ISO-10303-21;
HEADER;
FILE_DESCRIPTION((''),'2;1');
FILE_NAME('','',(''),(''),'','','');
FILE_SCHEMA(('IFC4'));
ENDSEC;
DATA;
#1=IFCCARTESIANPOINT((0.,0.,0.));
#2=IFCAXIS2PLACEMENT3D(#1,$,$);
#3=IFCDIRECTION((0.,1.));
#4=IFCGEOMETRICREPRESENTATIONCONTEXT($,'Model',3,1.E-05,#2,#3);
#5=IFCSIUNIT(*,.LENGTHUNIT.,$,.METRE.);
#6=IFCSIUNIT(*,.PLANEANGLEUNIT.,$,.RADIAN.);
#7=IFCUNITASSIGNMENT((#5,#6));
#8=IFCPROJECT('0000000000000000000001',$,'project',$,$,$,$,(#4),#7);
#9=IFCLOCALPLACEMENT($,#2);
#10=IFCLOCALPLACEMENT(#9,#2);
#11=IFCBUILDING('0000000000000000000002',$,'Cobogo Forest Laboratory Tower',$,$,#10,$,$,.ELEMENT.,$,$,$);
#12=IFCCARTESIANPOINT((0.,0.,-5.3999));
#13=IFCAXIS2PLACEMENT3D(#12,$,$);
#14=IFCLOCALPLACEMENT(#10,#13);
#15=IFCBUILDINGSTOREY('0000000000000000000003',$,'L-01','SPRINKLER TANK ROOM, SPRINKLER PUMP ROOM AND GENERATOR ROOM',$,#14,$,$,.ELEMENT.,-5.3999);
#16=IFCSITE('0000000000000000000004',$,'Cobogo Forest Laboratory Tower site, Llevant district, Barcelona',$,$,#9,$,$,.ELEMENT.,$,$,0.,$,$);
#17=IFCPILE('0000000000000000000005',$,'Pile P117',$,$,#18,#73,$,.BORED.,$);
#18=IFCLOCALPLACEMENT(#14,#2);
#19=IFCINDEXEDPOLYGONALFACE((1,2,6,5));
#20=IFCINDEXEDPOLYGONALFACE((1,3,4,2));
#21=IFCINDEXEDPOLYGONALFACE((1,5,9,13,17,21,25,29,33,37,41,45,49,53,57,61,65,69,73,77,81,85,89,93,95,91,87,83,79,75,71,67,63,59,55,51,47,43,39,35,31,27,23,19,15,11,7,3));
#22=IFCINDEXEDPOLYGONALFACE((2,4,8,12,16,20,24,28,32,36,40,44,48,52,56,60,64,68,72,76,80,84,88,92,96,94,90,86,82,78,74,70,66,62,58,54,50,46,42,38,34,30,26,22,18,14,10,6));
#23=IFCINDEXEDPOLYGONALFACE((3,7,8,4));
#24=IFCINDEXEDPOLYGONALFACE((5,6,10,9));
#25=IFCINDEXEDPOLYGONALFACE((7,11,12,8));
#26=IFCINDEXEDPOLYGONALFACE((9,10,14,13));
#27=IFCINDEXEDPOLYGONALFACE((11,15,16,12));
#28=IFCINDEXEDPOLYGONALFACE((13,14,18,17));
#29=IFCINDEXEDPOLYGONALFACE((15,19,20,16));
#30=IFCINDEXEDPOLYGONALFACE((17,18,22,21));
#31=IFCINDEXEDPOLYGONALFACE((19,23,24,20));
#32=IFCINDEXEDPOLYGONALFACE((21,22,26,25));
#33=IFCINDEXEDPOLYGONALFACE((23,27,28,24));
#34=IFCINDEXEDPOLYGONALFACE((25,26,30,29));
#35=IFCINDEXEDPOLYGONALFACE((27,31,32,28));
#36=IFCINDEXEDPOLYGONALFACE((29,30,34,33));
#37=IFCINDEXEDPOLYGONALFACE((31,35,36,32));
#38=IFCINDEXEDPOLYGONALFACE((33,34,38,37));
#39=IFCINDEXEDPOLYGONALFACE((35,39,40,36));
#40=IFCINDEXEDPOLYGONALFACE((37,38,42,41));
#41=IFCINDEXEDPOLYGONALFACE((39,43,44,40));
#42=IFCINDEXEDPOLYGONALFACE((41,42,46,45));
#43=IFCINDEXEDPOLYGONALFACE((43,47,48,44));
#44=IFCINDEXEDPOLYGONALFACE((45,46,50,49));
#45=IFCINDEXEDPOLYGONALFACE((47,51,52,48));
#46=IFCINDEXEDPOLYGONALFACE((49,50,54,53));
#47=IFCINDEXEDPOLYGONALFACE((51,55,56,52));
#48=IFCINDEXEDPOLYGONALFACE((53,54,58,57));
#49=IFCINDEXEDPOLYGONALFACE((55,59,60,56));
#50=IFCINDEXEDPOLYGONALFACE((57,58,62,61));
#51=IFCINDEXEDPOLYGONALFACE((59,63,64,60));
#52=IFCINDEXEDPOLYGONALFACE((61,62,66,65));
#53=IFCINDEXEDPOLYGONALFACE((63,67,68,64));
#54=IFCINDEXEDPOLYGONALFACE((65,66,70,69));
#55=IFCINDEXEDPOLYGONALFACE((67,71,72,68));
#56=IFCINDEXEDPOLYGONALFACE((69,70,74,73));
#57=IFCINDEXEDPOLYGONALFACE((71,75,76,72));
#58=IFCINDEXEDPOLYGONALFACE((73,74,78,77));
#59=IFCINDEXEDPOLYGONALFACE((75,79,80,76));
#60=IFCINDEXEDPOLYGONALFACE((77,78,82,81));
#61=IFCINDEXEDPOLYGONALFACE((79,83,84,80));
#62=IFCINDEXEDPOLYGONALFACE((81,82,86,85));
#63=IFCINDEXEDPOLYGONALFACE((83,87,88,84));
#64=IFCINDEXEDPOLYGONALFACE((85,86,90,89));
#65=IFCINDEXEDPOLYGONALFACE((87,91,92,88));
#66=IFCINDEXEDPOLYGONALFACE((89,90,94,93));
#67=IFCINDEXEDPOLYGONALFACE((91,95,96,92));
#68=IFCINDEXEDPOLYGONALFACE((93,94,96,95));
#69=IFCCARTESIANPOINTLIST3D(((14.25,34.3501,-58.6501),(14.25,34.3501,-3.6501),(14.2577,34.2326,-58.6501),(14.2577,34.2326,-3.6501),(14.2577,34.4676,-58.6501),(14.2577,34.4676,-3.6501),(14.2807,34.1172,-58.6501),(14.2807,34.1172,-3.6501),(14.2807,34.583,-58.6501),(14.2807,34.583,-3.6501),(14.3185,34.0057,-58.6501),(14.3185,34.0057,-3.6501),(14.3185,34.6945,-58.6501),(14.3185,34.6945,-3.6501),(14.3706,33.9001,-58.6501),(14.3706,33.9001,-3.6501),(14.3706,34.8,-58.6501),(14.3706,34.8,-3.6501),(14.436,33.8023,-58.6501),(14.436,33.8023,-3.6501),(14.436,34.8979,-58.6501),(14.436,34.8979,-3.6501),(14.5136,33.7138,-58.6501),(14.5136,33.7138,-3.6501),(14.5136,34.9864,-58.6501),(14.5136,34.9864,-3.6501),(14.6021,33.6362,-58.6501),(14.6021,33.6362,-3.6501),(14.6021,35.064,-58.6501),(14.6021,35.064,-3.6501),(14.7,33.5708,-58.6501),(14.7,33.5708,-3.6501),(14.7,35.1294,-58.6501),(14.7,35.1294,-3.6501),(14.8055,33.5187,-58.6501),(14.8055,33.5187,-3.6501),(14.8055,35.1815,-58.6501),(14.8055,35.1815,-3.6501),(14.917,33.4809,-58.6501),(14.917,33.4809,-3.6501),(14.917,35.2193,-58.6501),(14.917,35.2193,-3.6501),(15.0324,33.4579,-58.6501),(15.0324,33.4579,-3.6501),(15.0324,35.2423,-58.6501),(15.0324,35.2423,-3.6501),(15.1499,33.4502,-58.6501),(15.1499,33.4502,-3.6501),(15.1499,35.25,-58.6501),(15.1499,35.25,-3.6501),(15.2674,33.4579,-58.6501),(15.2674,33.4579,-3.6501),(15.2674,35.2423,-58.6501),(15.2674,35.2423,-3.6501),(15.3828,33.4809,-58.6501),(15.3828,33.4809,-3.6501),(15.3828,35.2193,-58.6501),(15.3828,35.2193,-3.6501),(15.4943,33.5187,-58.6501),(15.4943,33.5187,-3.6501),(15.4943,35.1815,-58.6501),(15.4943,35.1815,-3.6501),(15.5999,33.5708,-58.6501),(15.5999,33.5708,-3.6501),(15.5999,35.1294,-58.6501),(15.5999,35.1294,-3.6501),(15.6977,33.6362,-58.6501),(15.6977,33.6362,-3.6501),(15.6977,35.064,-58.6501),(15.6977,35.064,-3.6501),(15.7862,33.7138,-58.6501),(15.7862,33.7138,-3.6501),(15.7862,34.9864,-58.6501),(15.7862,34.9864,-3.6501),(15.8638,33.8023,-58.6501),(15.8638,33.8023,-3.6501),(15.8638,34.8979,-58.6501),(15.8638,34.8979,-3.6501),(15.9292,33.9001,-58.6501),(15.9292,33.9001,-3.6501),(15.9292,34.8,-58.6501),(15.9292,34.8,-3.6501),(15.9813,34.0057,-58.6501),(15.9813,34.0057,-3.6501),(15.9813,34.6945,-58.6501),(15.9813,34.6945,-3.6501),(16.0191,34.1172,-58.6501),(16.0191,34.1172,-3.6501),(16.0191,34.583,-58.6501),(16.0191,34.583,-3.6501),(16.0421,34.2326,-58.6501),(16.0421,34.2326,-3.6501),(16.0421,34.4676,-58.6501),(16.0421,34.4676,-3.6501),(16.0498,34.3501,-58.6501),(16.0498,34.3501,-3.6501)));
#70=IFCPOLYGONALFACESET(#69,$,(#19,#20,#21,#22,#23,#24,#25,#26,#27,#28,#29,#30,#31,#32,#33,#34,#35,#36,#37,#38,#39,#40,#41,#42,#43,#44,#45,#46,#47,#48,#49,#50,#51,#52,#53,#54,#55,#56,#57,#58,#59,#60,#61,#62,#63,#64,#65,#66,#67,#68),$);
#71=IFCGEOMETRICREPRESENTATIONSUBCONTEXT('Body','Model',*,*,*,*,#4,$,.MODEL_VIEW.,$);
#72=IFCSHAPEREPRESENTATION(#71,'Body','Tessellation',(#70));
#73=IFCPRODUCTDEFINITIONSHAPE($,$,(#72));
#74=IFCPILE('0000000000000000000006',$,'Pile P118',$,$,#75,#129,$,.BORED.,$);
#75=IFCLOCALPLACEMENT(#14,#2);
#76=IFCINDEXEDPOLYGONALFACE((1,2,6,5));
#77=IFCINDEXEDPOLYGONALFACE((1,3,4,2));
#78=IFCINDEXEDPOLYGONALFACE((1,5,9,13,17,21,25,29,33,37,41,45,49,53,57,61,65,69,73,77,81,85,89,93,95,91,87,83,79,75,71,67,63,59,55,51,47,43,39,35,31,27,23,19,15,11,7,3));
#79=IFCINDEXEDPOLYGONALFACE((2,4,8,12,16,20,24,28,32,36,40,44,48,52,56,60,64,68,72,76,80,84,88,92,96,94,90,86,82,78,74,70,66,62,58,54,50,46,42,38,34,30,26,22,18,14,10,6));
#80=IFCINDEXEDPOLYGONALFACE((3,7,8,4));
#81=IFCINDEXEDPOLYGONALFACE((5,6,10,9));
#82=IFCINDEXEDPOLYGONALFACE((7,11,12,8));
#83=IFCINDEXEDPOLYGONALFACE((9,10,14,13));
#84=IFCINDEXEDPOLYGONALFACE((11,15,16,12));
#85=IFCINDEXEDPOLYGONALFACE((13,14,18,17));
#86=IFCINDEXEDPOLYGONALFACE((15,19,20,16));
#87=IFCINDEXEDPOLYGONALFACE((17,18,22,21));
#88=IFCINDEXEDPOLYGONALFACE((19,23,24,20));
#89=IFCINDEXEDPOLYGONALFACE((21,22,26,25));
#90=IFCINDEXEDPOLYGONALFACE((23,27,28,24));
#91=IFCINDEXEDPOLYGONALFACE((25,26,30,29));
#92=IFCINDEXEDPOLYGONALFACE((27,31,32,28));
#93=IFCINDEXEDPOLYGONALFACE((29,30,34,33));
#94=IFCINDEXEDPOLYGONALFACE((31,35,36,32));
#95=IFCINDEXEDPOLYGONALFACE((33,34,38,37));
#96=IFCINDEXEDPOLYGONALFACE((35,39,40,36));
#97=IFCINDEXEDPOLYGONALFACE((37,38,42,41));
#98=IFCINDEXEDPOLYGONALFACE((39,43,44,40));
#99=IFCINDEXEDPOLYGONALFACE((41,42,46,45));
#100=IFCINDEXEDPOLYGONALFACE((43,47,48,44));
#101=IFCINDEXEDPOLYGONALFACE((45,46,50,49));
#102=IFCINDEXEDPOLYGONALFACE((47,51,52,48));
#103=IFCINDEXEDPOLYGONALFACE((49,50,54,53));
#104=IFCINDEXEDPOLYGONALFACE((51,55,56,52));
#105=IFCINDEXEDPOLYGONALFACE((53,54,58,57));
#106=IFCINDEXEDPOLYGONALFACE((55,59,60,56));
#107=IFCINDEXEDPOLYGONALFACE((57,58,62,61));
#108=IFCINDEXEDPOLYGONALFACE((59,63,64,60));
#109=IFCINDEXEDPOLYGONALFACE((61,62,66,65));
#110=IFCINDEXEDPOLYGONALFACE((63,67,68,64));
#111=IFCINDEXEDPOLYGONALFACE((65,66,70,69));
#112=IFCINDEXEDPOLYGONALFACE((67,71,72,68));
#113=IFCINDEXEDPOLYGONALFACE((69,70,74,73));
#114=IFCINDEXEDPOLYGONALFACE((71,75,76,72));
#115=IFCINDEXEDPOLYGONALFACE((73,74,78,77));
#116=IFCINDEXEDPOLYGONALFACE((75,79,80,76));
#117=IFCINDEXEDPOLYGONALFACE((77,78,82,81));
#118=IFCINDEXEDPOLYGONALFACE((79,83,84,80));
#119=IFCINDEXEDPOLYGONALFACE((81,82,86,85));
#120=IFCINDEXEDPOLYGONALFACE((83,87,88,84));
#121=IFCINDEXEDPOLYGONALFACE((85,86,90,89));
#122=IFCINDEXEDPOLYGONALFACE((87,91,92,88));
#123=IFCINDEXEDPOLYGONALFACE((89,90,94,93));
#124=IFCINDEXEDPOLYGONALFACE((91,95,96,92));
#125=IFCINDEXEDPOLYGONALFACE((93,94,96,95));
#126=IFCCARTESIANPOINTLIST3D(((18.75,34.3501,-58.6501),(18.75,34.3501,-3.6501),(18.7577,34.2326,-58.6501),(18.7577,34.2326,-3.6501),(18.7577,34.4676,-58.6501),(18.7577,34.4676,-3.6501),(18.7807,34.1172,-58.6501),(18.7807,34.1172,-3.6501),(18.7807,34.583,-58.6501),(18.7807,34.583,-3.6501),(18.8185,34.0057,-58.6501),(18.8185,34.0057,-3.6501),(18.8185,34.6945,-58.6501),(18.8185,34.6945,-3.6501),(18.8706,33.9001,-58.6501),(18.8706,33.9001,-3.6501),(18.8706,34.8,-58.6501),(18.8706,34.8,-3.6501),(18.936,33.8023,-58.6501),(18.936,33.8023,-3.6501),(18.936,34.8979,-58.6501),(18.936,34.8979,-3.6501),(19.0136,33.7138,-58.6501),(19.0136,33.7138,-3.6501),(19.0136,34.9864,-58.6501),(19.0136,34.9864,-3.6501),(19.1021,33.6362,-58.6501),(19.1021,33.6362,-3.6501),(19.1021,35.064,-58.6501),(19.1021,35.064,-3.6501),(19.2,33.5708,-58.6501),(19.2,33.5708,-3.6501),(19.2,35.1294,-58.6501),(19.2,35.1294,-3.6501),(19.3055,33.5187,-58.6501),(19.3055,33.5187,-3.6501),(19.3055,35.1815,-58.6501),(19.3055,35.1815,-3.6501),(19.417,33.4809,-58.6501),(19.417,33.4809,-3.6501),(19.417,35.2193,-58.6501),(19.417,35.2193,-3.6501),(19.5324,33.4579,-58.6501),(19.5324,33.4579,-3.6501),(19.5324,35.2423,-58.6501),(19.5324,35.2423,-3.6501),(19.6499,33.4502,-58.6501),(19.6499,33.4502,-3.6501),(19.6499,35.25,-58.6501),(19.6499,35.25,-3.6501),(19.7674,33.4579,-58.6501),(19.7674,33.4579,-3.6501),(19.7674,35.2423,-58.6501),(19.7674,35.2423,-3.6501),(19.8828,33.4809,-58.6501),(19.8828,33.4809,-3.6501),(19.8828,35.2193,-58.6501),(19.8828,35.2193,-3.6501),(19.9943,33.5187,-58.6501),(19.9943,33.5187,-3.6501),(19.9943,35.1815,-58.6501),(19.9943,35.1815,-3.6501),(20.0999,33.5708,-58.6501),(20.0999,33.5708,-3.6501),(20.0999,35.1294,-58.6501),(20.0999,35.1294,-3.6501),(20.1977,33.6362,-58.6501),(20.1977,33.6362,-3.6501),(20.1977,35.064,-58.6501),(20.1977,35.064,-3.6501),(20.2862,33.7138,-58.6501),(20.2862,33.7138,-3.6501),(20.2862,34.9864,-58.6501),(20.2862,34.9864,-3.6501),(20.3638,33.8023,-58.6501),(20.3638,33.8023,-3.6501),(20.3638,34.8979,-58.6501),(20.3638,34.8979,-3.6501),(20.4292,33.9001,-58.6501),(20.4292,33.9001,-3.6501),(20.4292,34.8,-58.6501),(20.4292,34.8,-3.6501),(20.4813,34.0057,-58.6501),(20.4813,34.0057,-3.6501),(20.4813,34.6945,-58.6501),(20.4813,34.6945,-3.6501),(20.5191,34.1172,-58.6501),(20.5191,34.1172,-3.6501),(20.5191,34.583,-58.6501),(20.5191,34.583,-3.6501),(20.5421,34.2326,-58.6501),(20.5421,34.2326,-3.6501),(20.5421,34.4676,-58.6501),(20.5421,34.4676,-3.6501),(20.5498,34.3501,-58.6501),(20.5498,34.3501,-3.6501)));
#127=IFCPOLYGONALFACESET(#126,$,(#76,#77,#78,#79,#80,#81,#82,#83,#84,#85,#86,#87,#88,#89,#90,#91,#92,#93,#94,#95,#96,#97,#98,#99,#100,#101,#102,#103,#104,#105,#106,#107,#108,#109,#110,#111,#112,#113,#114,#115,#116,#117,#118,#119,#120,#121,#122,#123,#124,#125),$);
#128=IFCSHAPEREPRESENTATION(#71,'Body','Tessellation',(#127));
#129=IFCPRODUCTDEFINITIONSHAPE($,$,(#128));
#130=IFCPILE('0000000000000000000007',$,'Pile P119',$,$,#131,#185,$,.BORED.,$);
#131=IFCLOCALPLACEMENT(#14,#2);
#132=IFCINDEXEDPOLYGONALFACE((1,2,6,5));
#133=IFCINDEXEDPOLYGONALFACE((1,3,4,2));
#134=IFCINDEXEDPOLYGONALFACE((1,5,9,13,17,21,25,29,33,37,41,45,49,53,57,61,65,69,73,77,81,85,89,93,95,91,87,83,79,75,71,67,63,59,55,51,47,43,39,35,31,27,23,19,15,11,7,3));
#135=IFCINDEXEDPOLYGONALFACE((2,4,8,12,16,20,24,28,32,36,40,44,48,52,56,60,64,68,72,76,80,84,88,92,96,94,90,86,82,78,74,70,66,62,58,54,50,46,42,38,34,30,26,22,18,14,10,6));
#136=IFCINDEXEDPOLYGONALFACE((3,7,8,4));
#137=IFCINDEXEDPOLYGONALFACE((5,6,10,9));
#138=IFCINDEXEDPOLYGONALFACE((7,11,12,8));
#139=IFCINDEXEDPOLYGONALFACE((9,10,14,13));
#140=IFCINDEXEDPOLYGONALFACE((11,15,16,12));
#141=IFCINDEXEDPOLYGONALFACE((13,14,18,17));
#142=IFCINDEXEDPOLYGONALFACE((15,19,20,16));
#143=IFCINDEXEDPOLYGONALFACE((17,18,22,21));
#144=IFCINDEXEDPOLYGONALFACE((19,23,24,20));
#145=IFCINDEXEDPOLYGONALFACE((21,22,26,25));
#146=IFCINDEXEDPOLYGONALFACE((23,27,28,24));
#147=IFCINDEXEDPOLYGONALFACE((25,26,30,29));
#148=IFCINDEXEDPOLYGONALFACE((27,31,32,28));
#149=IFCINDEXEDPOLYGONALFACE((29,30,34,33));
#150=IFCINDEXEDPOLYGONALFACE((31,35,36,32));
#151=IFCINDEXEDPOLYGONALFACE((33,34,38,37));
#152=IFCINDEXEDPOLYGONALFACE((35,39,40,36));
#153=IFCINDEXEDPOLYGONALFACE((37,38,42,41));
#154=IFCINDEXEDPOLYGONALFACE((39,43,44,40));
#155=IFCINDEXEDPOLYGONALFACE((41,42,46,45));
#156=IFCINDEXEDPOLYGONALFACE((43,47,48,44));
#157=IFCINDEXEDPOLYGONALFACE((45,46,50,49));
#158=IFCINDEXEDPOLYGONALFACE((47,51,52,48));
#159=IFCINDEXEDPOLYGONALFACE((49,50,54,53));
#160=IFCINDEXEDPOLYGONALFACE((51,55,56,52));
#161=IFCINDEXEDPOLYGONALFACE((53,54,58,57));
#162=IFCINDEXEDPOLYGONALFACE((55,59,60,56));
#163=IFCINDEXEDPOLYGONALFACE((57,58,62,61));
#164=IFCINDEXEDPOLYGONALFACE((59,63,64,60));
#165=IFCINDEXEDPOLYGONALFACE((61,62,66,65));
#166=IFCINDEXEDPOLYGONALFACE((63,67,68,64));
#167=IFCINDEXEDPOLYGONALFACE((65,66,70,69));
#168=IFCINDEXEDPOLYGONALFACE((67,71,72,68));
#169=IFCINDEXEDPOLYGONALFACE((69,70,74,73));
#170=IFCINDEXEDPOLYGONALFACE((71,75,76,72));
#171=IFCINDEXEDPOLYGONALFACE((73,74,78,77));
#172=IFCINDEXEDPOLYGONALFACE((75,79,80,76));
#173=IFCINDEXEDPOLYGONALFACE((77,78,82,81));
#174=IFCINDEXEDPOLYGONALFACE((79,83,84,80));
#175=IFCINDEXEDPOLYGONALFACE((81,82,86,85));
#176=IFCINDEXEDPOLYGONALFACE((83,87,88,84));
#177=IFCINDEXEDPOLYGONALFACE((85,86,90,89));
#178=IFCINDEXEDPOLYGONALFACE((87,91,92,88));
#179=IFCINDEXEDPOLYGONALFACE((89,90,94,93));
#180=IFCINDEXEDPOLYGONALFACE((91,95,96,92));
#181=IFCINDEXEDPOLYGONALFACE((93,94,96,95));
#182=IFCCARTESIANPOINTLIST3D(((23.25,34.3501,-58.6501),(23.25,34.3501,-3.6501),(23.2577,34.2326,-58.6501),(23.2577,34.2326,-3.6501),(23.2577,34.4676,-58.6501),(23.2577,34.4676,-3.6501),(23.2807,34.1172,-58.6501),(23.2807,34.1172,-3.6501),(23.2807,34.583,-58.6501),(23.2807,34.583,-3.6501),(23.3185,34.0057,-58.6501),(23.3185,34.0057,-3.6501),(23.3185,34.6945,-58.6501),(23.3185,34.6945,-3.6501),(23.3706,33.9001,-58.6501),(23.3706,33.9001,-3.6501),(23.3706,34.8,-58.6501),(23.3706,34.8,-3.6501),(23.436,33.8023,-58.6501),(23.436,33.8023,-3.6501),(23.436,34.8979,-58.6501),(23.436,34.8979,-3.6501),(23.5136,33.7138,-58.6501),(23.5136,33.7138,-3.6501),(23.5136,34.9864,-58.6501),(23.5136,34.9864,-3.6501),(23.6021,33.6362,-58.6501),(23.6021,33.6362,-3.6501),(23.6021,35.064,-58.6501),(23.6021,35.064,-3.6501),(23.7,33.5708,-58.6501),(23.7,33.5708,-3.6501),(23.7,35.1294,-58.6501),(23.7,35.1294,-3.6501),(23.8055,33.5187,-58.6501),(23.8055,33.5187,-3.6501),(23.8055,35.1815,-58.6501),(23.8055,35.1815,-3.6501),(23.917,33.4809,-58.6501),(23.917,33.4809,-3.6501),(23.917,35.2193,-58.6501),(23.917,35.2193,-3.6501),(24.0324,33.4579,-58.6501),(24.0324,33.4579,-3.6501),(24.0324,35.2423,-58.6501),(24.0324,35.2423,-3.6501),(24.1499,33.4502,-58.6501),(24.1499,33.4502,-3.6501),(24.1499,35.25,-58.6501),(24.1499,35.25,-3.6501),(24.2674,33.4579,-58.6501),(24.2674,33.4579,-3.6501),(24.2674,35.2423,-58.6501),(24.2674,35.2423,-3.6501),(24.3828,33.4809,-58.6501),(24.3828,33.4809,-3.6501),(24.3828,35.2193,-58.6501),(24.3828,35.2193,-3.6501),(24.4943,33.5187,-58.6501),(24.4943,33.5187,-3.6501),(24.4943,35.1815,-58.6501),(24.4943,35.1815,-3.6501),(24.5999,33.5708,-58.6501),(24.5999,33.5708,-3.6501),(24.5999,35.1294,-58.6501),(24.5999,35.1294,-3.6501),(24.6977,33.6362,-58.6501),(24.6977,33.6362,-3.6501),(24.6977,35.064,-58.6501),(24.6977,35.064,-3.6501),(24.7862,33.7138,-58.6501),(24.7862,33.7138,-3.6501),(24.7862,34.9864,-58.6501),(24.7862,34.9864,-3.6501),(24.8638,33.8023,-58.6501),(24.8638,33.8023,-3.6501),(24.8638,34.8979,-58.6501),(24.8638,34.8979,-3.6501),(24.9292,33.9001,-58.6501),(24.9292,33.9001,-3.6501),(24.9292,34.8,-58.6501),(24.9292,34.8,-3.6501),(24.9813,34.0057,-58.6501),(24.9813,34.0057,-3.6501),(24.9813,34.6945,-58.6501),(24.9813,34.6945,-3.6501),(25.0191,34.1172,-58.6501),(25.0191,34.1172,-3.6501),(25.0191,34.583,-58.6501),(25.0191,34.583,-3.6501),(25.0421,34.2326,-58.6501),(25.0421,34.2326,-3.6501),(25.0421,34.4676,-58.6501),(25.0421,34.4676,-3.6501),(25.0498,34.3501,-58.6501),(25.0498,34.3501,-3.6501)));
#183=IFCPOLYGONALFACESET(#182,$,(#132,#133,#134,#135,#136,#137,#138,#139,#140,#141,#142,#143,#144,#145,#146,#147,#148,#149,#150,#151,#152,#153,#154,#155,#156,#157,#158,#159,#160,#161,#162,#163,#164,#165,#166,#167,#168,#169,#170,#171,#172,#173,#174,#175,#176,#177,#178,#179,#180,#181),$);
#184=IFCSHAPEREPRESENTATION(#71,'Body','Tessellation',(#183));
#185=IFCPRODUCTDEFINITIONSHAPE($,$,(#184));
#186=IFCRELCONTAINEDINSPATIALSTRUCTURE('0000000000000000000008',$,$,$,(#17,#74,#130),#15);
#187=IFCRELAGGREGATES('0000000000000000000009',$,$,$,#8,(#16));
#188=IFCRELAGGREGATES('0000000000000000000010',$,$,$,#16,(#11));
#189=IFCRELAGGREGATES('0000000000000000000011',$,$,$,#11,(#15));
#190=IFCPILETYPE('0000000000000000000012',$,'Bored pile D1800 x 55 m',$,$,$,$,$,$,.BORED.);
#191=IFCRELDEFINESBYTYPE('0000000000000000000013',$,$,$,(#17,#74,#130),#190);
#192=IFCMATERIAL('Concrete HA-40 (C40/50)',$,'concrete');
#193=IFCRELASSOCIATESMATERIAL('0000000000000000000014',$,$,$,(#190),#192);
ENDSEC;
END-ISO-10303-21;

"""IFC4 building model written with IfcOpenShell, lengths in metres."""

from ifc_helpers import new_model, si_unit, direction, frame, origin, origin_2d, place, context, subcontext, project, spatial, circle, extrude, material, material_profile, profile_set, type_object, element, save


model = new_model("IFC4")

# Units and contexts
model_context = context("Model", 3, precision=1e-05, world=origin(), true_north=direction((0.0, 1.0)))
body_context = subcontext(model_context, "Body", "Model", "MODEL_VIEW")
ifc_project = project(units=[si_unit("LENGTHUNIT", "METRE"), si_unit("PLANEANGLEUNIT", "RADIAN")], contexts=[model_context])

# Site, building, storey
site_placement = place(None, origin())
site = spatial("IfcSite", under=ifc_project, at=site_placement, Name="Cobogo Forest Laboratory Tower site, Llevant district, Barcelona", CompositionType="ELEMENT", RefElevation=0.0)
building_placement = place(site_placement, origin())
building = spatial("IfcBuilding", under=site, at=building_placement, Name="Cobogo Forest Laboratory Tower", CompositionType="ELEMENT")
storey_placement = place(building_placement, frame((0.0, 0.0, -5.3999)))
storey = spatial("IfcBuildingStorey", under=building, at=storey_placement, Name="L-01", Description="SPRINKLER TANK ROOM, SPRINKLER PUMP ROOM AND GENERATOR ROOM", CompositionType="ELEMENT", Elevation=-5.3999)

# Piles
ifc_material_1 = material(Name="Concrete HA-40 (C40/50)", Category="concrete")
ifc_material_profile_1 = material_profile(ifc_material_1, circle(Radius=0.8999, at=origin_2d()), Name="PILE D1800")
ifc_profile_set_1 = profile_set([ifc_material_profile_1], Name="Concrete HA-40 (C40/50)")
pile_type_1 = type_object("IfcPileType", Name="Bored pile D1800 x 55 m", PredefinedType="BORED", material=ifc_profile_set_1)
for number, where, z_axis, x_axis, name in (
    (1, (15.1499, 34.3501, -3.6501), (0.0, 0.0, -1.0), (1.0, 0.0, 0.0), "Pile P117"),
    (2, (19.6499, 34.3501, -3.6501), (0.0, 0.0, -1.0), (1.0, 0.0, 0.0), "Pile P118"),
    (3, (24.1499, 34.3501, -3.6501), (0.0, 0.0, -1.0), (1.0, 0.0, 0.0), "Pile P119"),
):
    element("IfcPile", number, at=place(storey_placement, frame(where, z_axis=z_axis, x_axis=x_axis)), inside=storey, type_object=pile_type_1, Name=name, PredefinedType="BORED", context=body_context, shape_type="SweptSolid", body=[
        extrude(circle(Radius=0.8999, at=origin_2d()), origin(), (0.0, 0.0, 1.0), 55.0),
    ])

save(model, "model.ifc")
